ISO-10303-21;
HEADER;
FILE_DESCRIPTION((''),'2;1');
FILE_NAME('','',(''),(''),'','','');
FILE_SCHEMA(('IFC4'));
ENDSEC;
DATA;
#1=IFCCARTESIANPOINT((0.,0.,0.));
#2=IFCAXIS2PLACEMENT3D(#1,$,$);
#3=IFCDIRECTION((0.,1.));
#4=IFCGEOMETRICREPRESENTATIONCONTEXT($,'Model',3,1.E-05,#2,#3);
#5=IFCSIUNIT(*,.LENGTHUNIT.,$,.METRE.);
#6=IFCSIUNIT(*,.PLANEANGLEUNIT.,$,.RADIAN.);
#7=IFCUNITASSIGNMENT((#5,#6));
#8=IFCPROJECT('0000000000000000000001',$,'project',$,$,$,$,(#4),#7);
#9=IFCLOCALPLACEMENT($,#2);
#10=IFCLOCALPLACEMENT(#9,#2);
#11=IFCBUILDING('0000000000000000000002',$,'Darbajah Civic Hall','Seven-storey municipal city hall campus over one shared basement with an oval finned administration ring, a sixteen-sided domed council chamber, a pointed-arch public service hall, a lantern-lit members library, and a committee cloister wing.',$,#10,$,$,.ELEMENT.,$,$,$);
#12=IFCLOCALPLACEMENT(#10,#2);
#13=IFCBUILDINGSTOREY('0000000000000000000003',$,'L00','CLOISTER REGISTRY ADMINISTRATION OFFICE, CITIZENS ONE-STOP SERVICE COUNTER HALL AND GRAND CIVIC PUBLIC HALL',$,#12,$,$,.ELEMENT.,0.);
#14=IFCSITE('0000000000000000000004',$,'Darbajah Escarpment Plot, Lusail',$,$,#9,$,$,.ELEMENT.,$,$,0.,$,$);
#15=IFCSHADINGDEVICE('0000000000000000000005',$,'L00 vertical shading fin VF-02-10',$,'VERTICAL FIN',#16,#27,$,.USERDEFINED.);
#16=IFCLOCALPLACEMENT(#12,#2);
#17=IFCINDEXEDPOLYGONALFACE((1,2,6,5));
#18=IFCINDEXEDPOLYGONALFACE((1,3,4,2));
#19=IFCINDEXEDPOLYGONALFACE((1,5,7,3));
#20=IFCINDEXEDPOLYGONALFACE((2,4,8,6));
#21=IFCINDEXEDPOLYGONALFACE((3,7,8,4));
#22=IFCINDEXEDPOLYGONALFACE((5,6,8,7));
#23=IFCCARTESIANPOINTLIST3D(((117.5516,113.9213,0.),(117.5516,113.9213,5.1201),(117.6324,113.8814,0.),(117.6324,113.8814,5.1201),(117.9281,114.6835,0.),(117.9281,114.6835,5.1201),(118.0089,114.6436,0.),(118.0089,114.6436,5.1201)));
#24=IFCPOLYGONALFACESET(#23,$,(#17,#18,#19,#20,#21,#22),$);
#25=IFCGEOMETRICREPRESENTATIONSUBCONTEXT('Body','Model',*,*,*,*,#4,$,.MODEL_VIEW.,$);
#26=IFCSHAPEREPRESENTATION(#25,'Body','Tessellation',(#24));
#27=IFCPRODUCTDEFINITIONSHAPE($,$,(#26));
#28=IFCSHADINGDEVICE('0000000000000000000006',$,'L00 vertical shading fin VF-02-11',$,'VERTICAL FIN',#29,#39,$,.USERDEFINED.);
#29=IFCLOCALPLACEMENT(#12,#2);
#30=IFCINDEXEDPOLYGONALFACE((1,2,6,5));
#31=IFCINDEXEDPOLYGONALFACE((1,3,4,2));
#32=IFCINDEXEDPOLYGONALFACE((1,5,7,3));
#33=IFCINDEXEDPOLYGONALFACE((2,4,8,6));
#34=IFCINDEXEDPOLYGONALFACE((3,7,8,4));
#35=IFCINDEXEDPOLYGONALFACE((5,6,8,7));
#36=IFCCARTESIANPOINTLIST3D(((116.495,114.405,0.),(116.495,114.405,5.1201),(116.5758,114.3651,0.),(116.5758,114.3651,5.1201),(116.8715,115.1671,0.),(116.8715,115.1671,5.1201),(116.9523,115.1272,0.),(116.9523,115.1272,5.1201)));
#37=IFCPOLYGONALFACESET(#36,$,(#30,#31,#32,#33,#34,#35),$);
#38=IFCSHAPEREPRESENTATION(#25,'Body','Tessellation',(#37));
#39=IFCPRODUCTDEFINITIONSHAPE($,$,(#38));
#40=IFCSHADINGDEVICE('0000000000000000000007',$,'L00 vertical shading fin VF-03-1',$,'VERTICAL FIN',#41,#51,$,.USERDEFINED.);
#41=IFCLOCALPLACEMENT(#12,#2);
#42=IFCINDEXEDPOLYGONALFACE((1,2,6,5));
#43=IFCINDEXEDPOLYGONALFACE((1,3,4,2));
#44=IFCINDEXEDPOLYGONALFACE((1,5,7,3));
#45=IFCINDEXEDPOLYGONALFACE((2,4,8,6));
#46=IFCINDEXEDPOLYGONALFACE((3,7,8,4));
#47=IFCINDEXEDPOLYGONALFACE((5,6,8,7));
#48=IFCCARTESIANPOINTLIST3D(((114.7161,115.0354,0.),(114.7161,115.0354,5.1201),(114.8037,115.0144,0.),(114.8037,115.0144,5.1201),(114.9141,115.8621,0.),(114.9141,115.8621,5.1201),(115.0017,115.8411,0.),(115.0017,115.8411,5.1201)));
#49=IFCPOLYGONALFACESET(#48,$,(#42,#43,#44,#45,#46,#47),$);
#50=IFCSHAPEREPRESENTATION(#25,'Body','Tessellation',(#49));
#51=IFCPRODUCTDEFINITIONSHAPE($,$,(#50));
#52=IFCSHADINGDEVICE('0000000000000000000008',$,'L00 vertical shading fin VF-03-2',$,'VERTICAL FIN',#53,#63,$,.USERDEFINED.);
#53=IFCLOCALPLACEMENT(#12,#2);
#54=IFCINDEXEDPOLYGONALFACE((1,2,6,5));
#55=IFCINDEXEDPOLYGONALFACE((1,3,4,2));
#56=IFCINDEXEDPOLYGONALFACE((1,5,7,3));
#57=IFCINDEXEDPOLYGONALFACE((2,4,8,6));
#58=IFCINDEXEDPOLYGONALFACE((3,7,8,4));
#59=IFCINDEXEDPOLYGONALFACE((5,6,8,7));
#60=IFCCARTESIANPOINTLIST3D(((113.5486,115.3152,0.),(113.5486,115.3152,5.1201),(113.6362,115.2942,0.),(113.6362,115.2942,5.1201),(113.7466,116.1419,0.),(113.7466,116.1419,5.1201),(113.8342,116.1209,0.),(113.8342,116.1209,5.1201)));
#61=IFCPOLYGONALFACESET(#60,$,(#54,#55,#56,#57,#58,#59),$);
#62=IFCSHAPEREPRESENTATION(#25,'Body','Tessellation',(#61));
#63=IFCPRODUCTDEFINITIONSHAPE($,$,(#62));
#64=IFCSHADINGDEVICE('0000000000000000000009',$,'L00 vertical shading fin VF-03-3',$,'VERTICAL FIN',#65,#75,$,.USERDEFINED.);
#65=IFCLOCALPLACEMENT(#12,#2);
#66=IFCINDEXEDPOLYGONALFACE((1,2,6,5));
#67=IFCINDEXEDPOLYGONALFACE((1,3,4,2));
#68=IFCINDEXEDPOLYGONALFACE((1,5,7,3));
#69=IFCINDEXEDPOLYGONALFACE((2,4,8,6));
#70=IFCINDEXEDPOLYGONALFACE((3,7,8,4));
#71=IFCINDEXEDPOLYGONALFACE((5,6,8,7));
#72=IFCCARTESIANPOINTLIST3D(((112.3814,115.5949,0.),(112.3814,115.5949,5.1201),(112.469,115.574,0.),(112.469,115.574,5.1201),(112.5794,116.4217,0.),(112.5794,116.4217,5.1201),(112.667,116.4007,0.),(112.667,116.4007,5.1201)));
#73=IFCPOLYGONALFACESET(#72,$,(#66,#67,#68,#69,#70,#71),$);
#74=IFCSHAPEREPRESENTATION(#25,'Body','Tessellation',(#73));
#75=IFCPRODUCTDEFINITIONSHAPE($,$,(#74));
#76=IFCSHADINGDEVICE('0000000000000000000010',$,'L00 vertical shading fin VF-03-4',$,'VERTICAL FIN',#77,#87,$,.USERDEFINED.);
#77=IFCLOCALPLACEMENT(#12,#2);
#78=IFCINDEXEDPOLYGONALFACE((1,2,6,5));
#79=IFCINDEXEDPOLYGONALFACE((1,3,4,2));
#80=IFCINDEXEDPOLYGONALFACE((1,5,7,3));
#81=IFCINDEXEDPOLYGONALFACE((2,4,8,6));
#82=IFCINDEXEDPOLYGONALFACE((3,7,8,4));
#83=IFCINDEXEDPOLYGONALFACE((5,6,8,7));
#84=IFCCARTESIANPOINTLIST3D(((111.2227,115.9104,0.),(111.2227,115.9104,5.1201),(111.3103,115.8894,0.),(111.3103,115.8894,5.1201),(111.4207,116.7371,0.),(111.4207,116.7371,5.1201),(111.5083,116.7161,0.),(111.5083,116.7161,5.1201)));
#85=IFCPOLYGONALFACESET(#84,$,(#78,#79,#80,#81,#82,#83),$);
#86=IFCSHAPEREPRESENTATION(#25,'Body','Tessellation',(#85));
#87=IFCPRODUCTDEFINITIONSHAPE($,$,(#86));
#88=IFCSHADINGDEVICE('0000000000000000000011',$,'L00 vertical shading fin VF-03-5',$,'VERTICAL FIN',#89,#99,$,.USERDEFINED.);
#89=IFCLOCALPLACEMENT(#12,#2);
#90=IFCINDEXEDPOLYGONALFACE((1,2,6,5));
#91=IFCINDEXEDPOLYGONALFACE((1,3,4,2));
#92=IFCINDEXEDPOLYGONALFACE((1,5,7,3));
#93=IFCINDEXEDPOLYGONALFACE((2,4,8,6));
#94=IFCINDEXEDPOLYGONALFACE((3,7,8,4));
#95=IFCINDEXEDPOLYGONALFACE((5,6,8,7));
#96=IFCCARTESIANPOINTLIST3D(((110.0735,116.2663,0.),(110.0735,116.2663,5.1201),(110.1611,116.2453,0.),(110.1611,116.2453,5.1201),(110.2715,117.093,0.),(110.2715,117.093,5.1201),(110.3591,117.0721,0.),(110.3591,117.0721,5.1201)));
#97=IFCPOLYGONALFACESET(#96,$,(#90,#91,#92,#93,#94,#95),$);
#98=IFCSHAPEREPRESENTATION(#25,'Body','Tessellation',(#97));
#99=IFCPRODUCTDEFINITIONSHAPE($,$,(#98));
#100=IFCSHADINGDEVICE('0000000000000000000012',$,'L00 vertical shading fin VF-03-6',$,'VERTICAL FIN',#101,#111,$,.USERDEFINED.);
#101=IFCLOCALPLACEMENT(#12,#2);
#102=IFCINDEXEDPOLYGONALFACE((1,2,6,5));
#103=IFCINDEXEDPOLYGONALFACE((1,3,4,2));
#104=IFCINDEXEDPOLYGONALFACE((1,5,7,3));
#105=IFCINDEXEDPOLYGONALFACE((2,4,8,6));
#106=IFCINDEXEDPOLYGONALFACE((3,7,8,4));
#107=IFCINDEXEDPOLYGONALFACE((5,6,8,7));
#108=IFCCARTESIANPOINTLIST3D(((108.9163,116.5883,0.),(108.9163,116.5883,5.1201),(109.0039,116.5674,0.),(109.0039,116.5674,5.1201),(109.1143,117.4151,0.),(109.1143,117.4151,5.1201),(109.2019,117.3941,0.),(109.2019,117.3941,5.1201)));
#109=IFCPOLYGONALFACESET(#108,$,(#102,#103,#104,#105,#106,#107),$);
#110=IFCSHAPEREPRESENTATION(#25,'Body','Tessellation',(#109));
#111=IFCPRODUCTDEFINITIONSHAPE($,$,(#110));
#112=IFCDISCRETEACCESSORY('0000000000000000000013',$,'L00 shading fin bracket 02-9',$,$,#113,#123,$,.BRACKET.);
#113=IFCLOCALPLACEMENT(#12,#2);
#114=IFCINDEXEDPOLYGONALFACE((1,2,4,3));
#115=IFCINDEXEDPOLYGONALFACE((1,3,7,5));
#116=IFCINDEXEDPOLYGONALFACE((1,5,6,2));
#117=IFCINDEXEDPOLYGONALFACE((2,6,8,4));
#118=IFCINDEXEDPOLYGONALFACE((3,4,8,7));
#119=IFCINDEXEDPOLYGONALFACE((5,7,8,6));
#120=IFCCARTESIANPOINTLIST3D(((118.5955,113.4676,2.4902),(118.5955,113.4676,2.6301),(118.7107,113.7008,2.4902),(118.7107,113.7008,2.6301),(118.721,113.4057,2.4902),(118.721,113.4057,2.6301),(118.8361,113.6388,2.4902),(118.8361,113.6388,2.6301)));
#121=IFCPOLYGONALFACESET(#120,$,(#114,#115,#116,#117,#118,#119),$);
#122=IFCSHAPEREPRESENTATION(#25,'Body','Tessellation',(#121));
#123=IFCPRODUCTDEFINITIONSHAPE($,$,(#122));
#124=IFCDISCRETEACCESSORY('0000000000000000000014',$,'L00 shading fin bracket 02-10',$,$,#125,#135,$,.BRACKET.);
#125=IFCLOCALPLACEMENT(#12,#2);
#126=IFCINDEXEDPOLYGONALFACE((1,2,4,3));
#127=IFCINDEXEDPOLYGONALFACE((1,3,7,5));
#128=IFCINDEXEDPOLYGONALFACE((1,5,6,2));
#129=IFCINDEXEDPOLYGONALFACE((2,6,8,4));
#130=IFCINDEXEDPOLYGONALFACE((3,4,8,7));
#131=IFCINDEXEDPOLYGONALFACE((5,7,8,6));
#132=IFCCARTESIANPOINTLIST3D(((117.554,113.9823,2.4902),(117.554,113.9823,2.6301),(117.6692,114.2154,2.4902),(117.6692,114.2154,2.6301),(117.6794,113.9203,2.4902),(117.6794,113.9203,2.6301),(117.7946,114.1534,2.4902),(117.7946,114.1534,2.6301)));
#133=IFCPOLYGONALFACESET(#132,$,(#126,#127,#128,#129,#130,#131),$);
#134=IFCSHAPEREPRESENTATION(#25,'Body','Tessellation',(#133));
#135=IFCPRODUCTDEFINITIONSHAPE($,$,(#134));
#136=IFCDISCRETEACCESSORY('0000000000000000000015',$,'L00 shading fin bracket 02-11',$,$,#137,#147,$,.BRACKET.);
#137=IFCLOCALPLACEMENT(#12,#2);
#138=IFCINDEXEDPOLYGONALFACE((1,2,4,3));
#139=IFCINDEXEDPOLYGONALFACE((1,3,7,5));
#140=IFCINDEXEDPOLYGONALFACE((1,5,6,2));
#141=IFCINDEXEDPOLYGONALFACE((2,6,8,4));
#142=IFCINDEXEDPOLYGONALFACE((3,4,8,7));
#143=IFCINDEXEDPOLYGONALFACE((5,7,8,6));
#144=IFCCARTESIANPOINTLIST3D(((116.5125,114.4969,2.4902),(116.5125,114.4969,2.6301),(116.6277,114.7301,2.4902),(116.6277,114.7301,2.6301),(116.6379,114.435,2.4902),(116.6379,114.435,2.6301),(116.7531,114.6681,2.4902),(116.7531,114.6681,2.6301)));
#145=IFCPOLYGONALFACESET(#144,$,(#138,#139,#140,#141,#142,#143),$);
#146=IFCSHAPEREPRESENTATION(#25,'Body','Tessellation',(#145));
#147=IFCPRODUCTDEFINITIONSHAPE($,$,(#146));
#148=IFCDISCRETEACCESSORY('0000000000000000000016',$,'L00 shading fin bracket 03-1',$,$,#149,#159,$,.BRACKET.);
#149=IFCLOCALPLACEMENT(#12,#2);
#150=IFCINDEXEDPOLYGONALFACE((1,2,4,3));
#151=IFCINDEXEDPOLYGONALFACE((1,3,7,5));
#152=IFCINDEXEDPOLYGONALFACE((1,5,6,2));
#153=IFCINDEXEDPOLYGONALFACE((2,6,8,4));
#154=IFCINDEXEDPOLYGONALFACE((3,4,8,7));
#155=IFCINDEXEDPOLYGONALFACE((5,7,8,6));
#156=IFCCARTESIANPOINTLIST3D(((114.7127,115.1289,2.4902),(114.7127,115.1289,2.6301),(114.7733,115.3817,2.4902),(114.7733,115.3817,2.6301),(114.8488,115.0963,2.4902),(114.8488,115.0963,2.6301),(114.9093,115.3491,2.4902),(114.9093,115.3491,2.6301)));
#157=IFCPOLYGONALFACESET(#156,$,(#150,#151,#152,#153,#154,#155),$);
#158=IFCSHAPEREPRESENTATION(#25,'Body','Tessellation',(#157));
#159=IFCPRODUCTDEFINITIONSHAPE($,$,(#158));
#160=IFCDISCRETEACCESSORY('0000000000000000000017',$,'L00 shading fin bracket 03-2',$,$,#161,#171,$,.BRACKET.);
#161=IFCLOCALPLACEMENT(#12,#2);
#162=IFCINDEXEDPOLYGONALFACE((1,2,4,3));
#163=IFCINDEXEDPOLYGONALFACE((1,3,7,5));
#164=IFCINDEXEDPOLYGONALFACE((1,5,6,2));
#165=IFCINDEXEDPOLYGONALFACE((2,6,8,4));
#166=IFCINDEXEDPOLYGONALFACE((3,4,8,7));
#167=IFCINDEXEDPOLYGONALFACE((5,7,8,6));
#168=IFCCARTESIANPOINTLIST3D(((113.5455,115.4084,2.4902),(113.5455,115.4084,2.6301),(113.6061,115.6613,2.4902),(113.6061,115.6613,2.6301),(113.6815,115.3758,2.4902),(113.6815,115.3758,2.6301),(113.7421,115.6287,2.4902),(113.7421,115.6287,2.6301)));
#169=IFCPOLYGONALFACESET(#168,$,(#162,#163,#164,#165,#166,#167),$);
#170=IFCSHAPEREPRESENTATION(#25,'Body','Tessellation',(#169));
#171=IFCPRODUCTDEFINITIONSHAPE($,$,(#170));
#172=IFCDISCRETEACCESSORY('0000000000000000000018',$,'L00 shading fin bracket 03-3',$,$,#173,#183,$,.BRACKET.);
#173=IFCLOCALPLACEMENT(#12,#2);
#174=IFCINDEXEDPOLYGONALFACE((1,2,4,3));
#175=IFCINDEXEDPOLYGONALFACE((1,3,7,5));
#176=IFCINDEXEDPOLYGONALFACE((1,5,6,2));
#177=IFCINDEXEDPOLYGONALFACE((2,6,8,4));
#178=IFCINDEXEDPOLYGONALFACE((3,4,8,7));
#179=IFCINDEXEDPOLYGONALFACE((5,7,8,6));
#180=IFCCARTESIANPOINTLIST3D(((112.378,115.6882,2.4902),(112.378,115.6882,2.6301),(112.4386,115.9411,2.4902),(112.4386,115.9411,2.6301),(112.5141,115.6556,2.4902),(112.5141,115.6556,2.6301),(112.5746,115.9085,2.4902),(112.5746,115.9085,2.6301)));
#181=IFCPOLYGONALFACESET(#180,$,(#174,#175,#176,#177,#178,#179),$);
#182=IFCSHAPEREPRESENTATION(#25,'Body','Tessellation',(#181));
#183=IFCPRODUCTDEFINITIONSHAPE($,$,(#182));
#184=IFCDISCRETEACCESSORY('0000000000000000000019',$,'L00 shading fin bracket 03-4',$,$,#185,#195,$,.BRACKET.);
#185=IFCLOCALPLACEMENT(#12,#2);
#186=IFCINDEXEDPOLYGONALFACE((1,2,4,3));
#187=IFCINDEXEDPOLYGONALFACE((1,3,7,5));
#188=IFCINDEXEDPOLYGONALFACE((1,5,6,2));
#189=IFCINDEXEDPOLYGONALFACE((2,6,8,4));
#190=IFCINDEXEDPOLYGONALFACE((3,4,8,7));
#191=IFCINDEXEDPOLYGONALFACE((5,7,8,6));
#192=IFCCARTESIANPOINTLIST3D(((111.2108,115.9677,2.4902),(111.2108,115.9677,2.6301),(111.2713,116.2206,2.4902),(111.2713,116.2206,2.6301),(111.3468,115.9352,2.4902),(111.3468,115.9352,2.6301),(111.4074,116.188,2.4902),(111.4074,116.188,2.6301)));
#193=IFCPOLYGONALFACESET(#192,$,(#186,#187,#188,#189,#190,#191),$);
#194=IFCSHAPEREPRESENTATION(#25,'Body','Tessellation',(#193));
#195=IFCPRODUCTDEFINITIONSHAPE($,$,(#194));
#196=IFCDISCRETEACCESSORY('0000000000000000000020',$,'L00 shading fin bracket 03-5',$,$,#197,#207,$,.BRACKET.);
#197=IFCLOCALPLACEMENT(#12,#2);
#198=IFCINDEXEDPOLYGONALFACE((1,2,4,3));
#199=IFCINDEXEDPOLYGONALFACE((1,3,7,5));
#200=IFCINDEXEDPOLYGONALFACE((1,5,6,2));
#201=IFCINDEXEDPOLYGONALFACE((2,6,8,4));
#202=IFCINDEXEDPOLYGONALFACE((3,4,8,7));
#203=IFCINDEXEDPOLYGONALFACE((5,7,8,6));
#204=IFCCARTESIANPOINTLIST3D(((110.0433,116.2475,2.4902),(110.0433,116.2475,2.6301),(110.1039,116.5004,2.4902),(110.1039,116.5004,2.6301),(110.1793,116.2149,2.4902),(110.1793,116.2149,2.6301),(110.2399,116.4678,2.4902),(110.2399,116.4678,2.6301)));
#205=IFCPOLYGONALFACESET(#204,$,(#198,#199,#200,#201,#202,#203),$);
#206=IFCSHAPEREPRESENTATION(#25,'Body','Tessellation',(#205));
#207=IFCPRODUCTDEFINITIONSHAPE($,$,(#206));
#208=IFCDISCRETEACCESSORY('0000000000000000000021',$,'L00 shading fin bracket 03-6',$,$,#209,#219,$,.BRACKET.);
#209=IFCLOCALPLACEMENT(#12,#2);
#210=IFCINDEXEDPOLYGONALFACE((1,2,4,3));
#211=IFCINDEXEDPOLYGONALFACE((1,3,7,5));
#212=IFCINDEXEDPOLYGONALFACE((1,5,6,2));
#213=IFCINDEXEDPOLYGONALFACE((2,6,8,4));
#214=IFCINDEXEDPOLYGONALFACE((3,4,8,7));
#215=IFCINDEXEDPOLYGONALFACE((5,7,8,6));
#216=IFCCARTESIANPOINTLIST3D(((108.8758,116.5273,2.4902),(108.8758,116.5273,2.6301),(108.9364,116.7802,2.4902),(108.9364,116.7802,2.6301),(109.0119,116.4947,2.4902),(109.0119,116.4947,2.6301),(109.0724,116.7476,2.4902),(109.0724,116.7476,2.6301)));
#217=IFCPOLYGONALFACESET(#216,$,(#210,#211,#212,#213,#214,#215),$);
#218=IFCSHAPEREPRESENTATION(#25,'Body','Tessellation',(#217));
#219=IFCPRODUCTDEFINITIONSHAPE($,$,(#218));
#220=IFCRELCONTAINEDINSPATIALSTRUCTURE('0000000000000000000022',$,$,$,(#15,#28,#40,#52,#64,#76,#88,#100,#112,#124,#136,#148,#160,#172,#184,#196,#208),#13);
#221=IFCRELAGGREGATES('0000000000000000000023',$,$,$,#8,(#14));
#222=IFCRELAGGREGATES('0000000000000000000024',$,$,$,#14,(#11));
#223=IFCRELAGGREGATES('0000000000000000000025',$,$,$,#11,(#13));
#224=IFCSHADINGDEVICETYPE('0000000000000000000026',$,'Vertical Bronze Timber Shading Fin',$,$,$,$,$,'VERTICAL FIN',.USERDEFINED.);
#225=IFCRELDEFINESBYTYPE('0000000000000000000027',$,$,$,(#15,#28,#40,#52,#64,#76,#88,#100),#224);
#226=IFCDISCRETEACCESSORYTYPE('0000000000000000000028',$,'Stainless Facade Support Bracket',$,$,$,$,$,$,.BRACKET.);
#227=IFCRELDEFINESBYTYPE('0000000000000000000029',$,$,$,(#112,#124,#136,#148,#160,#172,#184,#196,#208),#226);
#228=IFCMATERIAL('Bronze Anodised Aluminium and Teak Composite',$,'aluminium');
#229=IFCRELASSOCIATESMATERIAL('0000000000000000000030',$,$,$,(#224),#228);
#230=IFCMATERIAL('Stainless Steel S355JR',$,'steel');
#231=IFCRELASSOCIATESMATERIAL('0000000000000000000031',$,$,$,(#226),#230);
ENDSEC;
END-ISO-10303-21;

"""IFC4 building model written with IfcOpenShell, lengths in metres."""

from ifc_helpers import new_model, si_unit, direction, frame, origin, origin_2d, place, context, subcontext, project, spatial, rectangle, extrude, material, type_object, element, save


model = new_model("IFC4")

# Units and contexts
model_context = context("Model", 3, precision=1e-05, world=origin(), true_north=direction((0.0, 1.0)))
body_context = subcontext(model_context, "Body", "Model", "MODEL_VIEW")
ifc_project = project(units=[si_unit("LENGTHUNIT", "METRE"), si_unit("PLANEANGLEUNIT", "RADIAN")], contexts=[model_context])

# Site, building, storey
site_placement = place(None, origin())
site = spatial("IfcSite", under=ifc_project, at=site_placement, Name="Darbajah Escarpment Plot, Lusail", CompositionType="ELEMENT", RefElevation=0.0)
building_placement = place(site_placement, origin())
building = spatial("IfcBuilding", under=site, at=building_placement, Name="Darbajah Civic Hall", Description="Seven-storey municipal city hall campus over one shared basement with an oval finned administration ring, a sixteen-sided domed council chamber, a pointed-arch public service hall, a lantern-lit members library, and a committee cloister wing.", CompositionType="ELEMENT")
storey_placement = place(building_placement, origin())
storey = spatial("IfcBuildingStorey", under=building, at=storey_placement, Name="L00", Description="CLOISTER REGISTRY ADMINISTRATION OFFICE, CITIZENS ONE-STOP SERVICE COUNTER HALL AND GRAND CIVIC PUBLIC HALL", CompositionType="ELEMENT", Elevation=0.0)

# Shading devices
ifc_material_1 = material(Name="Bronze Anodised Aluminium and Teak Composite", Category="aluminium")
shading_device_type = type_object("IfcShadingDeviceType", Name="Vertical Bronze Timber Shading Fin", ElementType="VERTICAL FIN", PredefinedType="USERDEFINED", material=ifc_material_1)
for number, where, z_axis, x_axis, name in (
    (1, (117.7803, 114.2825, 0.0), (0.0, 0.0, 1.0), (0.442915, 0.896564, 0.0), "L00 vertical shading fin VF-02-10"),
    (2, (116.7236, 114.7661, 0.0), (0.0, 0.0, 1.0), (0.442915, 0.896564, 0.0), "L00 vertical shading fin VF-02-11"),
    (3, (114.8589, 115.4382, 0.0), (0.0, 0.0, 1.0), (0.232936, 0.972492, 0.0), "L00 vertical shading fin VF-03-1"),
    (4, (113.6914, 115.718, 0.0), (0.0, 0.0, 1.0), (0.232936, 0.972492, 0.0), "L00 vertical shading fin VF-03-2"),
    (5, (112.5242, 115.9978, 0.0), (0.0, 0.0, 1.0), (0.232936, 0.972492, 0.0), "L00 vertical shading fin VF-03-3"),
    (6, (111.3655, 116.3132, 0.0), (0.0, 0.0, 1.0), (0.232936, 0.972492, 0.0), "L00 vertical shading fin VF-03-4"),
    (7, (110.2163, 116.6692, 0.0), (0.0, 0.0, 1.0), (0.232936, 0.972492, 0.0), "L00 vertical shading fin VF-03-5"),
    (8, (109.0591, 116.9912, 0.0), (0.0, 0.0, 1.0), (0.232936, 0.972492, 0.0), "L00 vertical shading fin VF-03-6"),
):
    element("IfcShadingDevice", number, at=place(storey_placement, frame(where, z_axis=z_axis, x_axis=x_axis)), inside=storey, type_object=shading_device_type, Name=name, ObjectType="VERTICAL FIN", PredefinedType="USERDEFINED", context=body_context, shape_type="SweptSolid", body=[
        extrude(rectangle(XDim=0.8501, YDim=0.0901, at=origin_2d()), origin(), (0.0, 0.0, 1.0), 5.1201),
    ])

# Discrete accessories
ifc_material_2 = material(Name="Stainless Steel S355JR", Category="steel")
discrete_accessory_type = type_object("IfcDiscreteAccessoryType", Name="Stainless Facade Support Bracket", PredefinedType="BRACKET", material=ifc_material_2)
for number, where, z_axis, x_axis, name in (
    (9, (118.7158, 113.5532, 2.4902), (0.0, 0.0, 1.0), (0.442915, 0.896564, 0.0), "L00 shading fin bracket 02-9"),
    (10, (117.6743, 114.0679, 2.4902), (0.0, 0.0, 1.0), (0.442915, 0.896564, 0.0), "L00 shading fin bracket 02-10"),
    (11, (116.6328, 114.5825, 2.4902), (0.0, 0.0, 1.0), (0.442915, 0.896564, 0.0), "L00 shading fin bracket 02-11"),
    (12, (114.811, 115.239, 2.4902), (0.0, 0.0, 1.0), (0.232936, 0.972492, 0.0), "L00 shading fin bracket 03-1"),
    (13, (113.6438, 115.5186, 2.4902), (0.0, 0.0, 1.0), (0.232936, 0.972492, 0.0), "L00 shading fin bracket 03-2"),
    (14, (112.4763, 115.7983, 2.4902), (0.0, 0.0, 1.0), (0.232936, 0.972492, 0.0), "L00 shading fin bracket 03-3"),
    (15, (111.3091, 116.0779, 2.4902), (0.0, 0.0, 1.0), (0.232936, 0.972492, 0.0), "L00 shading fin bracket 03-4"),
    (16, (110.1416, 116.3577, 2.4902), (0.0, 0.0, 1.0), (0.232936, 0.972492, 0.0), "L00 shading fin bracket 03-5"),
    (17, (108.9741, 116.6375, 2.4902), (0.0, 0.0, 1.0), (0.232936, 0.972492, 0.0), "L00 shading fin bracket 03-6"),
):
    element("IfcDiscreteAccessory", number, at=place(storey_placement, frame(where, z_axis=z_axis, x_axis=x_axis)), inside=storey, type_object=discrete_accessory_type, Name=name, PredefinedType="BRACKET", context=body_context, shape_type="SweptSolid", body=[
        extrude(rectangle(XDim=0.26, YDim=0.1399, at=origin_2d()), origin(), (0.0, 0.0, 1.0), 0.1399),
    ])

save(model, "model.ifc")
